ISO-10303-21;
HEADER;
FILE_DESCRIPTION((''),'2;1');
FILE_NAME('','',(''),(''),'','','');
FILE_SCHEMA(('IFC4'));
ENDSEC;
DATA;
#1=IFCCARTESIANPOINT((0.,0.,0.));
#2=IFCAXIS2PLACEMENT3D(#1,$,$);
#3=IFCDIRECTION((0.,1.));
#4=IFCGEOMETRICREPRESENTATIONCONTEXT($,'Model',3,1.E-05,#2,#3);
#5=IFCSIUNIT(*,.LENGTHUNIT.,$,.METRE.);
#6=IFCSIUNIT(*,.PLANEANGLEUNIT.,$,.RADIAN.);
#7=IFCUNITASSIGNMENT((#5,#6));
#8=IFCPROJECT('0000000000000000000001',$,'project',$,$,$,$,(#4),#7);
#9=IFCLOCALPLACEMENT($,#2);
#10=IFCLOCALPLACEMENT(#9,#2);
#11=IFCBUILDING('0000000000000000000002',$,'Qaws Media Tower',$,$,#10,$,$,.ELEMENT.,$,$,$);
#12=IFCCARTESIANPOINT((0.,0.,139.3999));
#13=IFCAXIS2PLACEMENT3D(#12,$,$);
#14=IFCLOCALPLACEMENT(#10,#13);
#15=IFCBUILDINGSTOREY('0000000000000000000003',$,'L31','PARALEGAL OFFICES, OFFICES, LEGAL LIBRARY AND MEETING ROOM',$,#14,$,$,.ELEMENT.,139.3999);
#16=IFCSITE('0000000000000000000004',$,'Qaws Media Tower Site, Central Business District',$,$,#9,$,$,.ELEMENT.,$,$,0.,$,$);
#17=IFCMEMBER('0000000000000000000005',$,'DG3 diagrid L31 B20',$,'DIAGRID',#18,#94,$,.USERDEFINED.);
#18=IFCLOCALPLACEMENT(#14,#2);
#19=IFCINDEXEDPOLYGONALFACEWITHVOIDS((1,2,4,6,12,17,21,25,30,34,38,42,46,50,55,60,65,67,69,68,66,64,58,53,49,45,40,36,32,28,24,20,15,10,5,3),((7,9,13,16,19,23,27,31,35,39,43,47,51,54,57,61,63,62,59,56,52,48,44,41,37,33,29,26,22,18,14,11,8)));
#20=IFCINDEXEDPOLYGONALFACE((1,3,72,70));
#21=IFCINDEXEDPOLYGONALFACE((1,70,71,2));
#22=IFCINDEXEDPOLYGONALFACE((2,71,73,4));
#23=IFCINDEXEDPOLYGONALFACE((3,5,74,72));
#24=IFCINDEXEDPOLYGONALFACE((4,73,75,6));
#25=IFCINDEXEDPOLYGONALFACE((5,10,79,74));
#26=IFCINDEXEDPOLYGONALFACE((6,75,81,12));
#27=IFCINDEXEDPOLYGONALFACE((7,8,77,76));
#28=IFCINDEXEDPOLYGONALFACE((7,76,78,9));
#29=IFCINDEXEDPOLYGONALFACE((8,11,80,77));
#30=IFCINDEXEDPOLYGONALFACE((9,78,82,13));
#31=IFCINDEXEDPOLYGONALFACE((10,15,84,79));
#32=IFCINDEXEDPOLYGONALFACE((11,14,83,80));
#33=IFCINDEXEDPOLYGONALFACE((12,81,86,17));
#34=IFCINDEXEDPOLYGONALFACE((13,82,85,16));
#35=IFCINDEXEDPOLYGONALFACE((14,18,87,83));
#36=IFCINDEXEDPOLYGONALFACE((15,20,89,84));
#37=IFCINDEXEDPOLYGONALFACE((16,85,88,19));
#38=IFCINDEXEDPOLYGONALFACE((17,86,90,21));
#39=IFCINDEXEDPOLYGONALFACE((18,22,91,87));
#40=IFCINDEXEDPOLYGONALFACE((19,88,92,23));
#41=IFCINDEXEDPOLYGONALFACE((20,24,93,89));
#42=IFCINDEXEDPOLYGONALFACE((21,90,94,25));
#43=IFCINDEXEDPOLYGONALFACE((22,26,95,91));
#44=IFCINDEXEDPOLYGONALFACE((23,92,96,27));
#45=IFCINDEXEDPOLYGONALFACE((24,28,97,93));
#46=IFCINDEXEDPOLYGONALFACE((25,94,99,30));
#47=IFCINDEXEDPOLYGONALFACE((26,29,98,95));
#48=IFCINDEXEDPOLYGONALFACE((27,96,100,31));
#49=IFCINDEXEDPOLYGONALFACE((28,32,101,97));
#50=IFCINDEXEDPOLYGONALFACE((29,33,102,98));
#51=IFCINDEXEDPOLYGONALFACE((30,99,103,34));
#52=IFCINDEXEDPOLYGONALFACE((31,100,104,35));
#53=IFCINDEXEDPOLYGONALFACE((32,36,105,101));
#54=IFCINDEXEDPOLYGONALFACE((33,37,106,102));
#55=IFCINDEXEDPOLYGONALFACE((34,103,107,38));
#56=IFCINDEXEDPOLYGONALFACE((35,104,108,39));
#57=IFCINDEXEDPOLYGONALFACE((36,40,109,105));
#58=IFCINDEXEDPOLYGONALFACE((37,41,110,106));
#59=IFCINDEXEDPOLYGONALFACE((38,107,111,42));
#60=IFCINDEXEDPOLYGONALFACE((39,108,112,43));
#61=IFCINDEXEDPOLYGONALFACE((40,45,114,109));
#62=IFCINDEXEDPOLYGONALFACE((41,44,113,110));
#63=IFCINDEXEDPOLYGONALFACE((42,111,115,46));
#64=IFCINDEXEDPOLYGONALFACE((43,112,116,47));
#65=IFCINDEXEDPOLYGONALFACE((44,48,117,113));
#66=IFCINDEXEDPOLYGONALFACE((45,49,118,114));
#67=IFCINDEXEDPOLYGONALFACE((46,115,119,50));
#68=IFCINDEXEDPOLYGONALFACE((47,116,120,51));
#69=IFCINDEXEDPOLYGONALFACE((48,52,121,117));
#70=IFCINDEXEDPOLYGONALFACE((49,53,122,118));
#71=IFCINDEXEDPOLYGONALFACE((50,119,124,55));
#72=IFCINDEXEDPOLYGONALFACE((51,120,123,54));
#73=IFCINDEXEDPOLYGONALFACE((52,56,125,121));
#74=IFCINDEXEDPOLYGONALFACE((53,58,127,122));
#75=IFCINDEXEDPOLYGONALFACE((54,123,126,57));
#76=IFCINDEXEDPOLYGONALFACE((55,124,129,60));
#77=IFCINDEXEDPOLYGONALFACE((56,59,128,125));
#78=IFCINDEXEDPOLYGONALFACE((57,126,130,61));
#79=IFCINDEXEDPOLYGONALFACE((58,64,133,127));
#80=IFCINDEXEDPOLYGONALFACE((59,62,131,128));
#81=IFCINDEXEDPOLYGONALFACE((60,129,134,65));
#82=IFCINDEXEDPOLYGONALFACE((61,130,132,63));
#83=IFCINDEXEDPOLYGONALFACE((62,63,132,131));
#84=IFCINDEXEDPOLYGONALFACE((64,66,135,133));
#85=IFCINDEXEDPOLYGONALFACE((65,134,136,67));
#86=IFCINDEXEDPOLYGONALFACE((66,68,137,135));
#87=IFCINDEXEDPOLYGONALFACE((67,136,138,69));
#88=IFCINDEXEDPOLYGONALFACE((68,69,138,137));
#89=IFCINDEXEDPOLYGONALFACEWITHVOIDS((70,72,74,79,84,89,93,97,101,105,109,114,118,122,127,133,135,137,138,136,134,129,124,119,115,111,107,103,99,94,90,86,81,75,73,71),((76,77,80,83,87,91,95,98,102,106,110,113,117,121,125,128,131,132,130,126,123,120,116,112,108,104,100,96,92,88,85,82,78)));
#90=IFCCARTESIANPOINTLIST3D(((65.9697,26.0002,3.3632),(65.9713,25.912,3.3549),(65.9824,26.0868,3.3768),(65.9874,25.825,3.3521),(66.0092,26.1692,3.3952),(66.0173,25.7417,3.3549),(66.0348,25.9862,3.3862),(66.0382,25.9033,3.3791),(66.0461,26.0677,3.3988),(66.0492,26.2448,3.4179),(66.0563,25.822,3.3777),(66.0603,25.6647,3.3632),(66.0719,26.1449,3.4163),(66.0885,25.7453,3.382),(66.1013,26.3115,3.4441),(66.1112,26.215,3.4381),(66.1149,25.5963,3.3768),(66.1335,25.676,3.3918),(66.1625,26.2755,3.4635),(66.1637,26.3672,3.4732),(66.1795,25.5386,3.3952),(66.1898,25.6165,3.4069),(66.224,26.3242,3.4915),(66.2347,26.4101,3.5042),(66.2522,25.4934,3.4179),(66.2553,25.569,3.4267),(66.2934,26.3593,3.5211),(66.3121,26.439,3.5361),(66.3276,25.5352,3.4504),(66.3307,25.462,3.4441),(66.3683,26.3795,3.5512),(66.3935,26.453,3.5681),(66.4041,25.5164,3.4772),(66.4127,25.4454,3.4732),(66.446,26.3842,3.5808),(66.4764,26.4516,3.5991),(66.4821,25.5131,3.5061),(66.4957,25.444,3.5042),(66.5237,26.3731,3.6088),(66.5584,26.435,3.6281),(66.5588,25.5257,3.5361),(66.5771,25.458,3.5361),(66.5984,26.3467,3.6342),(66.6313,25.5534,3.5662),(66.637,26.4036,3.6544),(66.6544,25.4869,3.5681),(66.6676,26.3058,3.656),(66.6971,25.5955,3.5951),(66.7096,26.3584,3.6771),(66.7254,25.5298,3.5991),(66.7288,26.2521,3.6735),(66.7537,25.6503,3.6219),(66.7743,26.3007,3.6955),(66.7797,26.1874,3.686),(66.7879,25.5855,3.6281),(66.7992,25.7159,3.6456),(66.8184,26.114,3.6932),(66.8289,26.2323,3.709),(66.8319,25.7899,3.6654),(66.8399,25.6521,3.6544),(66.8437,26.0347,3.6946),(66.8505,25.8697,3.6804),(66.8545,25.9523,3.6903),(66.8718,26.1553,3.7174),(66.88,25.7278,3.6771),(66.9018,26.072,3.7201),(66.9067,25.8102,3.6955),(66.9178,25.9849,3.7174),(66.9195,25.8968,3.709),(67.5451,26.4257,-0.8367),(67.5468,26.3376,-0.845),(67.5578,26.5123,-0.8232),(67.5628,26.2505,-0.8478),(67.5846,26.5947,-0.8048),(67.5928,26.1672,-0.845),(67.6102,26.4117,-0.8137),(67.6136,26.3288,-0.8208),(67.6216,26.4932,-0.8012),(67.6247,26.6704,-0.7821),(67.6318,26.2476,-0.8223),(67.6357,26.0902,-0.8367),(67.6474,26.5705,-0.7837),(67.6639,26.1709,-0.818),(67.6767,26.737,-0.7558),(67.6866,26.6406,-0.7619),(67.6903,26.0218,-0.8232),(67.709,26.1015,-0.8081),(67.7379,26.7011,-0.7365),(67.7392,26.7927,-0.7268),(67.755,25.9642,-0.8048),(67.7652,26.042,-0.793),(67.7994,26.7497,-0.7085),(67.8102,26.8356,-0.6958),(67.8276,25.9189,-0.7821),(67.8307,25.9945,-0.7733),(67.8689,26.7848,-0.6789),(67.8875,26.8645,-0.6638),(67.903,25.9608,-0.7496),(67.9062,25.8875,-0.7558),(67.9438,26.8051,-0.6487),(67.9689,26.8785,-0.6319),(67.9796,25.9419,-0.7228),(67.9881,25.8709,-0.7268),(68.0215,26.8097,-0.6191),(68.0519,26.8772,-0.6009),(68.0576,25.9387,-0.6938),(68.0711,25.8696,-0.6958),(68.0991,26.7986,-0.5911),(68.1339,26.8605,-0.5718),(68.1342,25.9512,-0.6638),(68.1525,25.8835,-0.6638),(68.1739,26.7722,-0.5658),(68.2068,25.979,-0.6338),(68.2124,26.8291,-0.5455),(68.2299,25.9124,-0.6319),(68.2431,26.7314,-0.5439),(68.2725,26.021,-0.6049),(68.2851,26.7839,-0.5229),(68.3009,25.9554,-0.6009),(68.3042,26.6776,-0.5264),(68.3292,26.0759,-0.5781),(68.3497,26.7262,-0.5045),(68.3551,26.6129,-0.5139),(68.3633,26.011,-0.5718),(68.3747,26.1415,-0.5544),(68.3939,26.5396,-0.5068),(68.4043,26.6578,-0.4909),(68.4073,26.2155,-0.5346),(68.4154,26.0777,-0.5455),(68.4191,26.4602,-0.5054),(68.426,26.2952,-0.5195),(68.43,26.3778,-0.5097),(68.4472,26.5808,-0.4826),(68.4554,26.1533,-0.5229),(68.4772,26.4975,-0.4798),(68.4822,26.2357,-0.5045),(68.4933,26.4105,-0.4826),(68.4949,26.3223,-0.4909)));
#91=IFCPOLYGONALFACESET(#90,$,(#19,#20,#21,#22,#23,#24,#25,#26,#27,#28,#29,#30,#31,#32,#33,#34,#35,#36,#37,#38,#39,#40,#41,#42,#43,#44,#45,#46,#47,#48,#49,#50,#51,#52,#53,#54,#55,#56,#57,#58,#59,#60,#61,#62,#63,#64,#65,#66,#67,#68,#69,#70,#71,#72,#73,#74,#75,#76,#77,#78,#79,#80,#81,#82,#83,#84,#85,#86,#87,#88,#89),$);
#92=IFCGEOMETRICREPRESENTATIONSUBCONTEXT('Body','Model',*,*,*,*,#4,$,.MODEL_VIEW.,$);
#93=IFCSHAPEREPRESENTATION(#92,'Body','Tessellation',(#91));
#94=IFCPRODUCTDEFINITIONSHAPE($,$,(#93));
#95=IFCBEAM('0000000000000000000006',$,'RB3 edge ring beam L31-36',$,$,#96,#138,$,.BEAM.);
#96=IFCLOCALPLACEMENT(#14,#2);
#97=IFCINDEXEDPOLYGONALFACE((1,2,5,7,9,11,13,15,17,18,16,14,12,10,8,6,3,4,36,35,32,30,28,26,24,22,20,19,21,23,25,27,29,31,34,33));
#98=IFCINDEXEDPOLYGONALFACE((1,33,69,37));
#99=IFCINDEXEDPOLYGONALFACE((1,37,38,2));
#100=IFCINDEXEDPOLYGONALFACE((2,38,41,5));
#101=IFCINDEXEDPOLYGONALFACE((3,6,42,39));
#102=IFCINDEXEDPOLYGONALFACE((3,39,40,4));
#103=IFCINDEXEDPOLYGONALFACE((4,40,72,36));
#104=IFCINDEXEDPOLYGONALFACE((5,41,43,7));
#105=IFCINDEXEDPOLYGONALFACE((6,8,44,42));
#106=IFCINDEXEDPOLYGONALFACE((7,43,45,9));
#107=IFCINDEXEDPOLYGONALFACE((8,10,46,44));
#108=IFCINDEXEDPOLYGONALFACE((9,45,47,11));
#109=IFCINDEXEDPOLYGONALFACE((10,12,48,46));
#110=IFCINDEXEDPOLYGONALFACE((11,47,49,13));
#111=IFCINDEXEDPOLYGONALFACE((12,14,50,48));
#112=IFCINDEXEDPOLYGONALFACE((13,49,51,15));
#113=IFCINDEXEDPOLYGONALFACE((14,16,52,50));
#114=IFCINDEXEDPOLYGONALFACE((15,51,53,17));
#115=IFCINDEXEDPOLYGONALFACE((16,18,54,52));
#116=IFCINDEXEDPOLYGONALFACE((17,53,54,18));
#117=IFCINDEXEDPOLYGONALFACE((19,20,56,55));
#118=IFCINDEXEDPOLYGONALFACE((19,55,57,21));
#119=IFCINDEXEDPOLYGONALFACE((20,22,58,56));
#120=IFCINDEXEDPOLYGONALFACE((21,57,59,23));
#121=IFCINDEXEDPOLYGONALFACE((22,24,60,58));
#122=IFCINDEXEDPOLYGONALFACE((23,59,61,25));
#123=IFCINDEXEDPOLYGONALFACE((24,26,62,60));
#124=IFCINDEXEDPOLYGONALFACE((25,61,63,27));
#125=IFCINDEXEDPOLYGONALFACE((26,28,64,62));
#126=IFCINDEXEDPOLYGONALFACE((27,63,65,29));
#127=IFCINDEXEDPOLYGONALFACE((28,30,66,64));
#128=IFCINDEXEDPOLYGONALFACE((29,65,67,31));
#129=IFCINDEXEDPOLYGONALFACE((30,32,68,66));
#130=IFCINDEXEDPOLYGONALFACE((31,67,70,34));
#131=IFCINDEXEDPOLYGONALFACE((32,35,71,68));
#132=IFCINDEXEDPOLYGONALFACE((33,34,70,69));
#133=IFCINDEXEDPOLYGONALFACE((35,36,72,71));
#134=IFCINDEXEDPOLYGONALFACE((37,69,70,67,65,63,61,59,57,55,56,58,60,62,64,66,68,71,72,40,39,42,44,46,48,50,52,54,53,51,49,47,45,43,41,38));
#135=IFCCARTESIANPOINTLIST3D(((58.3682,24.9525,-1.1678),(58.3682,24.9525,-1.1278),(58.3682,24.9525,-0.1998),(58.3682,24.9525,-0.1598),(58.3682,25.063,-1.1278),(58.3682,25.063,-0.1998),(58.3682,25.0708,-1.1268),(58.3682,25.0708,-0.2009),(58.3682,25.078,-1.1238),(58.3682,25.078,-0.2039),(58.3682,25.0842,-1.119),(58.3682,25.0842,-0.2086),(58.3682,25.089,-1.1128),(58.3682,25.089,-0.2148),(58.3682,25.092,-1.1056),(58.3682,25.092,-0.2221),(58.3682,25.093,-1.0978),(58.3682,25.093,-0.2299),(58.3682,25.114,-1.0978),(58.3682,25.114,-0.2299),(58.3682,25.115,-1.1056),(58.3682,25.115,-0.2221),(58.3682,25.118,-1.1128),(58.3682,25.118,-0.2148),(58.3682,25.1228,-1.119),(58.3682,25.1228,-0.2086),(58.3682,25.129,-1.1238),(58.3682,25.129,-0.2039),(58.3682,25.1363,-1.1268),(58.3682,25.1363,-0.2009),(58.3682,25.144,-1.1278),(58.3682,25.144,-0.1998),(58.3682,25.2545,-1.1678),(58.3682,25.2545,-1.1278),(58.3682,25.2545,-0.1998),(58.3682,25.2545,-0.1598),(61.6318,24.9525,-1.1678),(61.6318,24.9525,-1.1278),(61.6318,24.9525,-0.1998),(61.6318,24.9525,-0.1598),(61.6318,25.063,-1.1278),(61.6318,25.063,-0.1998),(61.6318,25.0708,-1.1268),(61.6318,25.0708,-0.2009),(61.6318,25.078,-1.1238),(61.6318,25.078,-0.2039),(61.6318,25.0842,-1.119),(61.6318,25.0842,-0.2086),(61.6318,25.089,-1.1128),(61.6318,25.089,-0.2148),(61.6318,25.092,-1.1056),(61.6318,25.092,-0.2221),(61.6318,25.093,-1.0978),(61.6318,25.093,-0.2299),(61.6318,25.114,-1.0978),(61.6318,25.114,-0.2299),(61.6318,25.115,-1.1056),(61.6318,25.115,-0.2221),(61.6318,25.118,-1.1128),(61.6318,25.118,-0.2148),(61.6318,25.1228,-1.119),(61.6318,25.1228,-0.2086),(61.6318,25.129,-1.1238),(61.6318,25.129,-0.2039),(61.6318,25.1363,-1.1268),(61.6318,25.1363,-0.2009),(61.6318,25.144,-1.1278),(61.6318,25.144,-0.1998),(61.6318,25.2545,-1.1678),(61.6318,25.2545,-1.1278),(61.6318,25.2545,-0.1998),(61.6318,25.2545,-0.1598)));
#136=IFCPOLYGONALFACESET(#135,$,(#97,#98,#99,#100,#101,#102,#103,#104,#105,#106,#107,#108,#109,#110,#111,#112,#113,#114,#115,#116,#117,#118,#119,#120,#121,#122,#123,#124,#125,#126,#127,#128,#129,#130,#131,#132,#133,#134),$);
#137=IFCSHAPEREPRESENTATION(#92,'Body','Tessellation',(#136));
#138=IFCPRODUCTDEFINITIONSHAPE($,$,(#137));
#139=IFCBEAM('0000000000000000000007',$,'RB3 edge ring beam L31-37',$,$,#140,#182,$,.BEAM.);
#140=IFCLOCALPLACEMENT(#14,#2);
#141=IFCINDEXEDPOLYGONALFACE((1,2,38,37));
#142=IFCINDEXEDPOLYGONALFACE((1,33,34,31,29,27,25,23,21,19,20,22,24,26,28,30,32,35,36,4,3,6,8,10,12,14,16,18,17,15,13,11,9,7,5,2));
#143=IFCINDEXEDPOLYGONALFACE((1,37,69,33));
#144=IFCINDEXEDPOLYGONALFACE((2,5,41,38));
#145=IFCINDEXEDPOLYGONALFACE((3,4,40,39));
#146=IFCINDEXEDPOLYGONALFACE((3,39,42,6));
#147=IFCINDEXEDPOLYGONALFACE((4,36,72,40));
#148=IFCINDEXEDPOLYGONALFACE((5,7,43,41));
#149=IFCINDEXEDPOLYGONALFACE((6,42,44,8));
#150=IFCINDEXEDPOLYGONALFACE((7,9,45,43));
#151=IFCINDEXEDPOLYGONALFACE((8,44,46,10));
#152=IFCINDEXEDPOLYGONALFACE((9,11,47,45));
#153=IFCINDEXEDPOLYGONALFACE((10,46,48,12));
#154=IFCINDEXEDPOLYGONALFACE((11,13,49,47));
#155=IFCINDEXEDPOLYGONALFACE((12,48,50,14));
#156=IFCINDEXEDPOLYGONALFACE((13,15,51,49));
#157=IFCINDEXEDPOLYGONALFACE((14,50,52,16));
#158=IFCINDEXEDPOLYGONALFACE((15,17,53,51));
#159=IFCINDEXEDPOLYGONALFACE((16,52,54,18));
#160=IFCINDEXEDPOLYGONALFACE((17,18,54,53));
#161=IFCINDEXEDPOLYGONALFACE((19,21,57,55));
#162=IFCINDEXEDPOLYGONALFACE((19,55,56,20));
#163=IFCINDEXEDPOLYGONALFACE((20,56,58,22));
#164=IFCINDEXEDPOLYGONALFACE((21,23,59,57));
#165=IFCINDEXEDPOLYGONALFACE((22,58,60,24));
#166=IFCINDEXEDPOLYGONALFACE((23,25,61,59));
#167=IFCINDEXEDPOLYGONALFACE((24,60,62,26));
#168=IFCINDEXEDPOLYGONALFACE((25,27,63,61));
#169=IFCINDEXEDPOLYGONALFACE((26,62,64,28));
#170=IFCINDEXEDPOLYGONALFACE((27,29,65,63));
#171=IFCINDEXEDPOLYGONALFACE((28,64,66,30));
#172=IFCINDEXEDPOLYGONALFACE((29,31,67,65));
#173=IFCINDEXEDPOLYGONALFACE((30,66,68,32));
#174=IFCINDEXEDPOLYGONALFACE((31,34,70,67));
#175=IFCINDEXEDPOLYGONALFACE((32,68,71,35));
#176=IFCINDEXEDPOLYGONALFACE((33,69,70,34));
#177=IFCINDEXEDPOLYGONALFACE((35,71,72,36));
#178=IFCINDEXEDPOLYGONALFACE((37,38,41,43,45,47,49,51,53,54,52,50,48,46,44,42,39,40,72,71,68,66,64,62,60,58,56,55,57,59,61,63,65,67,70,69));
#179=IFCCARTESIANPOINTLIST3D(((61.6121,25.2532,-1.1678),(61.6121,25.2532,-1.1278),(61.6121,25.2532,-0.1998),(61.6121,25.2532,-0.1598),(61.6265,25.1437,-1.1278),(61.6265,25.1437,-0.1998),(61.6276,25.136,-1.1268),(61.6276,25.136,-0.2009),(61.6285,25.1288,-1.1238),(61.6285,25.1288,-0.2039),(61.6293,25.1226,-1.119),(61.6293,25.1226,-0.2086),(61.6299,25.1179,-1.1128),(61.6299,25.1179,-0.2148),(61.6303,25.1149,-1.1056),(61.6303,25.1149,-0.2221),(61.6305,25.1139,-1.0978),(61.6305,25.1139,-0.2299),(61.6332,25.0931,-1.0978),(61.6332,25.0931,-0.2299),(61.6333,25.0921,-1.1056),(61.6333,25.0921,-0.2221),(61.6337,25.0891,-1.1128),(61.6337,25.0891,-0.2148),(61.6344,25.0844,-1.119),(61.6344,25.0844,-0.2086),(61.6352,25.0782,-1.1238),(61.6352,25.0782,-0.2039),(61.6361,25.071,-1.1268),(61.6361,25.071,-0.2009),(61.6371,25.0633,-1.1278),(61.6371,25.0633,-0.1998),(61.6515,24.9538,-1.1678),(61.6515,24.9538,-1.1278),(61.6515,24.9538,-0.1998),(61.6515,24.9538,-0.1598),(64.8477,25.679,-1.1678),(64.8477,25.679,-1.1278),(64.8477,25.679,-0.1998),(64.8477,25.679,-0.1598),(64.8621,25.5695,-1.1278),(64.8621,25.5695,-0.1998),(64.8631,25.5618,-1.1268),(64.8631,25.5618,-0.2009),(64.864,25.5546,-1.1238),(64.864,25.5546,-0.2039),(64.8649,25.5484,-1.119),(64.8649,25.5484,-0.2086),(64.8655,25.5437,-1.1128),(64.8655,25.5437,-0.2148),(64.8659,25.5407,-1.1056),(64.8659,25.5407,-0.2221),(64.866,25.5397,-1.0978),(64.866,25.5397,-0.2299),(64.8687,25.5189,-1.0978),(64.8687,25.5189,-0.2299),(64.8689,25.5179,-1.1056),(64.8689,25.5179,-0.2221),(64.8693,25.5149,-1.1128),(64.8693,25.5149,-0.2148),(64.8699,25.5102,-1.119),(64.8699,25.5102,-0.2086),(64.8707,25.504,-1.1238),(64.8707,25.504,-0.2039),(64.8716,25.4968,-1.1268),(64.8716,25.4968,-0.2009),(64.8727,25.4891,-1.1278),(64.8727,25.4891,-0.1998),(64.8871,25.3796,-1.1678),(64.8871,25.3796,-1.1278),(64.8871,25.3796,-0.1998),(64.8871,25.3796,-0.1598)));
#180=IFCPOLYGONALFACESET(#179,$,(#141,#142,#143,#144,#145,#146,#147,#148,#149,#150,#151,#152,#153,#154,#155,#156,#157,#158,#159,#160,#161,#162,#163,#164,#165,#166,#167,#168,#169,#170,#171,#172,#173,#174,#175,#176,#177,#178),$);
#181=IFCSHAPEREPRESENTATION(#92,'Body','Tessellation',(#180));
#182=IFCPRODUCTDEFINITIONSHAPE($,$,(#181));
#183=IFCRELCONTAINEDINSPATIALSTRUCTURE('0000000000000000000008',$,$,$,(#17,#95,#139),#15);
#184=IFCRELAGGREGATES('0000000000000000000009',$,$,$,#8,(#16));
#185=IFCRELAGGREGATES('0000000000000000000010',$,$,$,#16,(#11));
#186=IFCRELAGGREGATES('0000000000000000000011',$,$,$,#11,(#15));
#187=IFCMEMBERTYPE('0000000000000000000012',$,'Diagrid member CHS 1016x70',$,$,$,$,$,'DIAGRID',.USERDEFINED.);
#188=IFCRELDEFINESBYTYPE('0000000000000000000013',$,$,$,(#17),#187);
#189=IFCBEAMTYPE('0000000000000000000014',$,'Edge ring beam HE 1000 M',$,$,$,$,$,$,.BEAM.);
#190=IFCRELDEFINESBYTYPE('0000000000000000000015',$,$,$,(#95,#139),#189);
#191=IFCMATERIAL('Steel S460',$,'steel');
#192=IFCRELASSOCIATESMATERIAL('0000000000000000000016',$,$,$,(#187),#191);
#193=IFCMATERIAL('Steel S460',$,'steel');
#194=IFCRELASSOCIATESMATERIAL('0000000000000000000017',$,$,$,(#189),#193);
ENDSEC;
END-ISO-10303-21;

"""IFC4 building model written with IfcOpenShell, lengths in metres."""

from ifc_helpers import new_model, si_unit, direction, frame, origin, origin_2d, place, context, subcontext, project, spatial, hollow_circle, i_section, extrude, material, material_profile, profile_set, type_object, element, save


model = new_model("IFC4")

# Units and contexts
model_context = context("Model", 3, precision=1e-05, world=origin(), true_north=direction((0.0, 1.0)))
body_context = subcontext(model_context, "Body", "Model", "MODEL_VIEW")
ifc_project = project(units=[si_unit("LENGTHUNIT", "METRE"), si_unit("PLANEANGLEUNIT", "RADIAN")], contexts=[model_context])

# Site, building, storey
site_placement = place(None, origin())
site = spatial("IfcSite", under=ifc_project, at=site_placement, Name="Qaws Media Tower Site, Central Business District", CompositionType="ELEMENT", RefElevation=0.0)
building_placement = place(site_placement, origin())
building = spatial("IfcBuilding", under=site, at=building_placement, Name="Qaws Media Tower", CompositionType="ELEMENT")
storey_placement = place(building_placement, frame((0.0, 0.0, 139.3999)))
storey = spatial("IfcBuildingStorey", under=building, at=storey_placement, Name="L31", Description="PARALEGAL OFFICES, OFFICES, LEGAL LIBRARY AND MEETING ROOM", CompositionType="ELEMENT", Elevation=139.3999)

# Member
ifc_material_1 = material(Name="Steel S460", Category="steel")
ifc_material_profile_1 = material_profile(ifc_material_1, hollow_circle(Radius=0.5081, WallThickness=0.0701, at=origin_2d()), Name="CHS 1016x70")
ifc_profile_set_1 = profile_set([ifc_material_profile_1], Name="Steel S460")
member_type_1 = type_object("IfcMemberType", Name="Diagrid member CHS 1016x70", ElementType="DIAGRID", PredefinedType="USERDEFINED", material=ifc_profile_set_1)
for number, where, z_axis, x_axis, name in (
    (1, (68.02, 26.374, -0.6638), (-0.349643, -0.094441, 0.932111), (0.260762, -0.965403, 0.0), "DG3 diagrid L31 B20"),
):
    element("IfcMember", number, at=place(storey_placement, frame(where, z_axis=z_axis, x_axis=x_axis)), inside=storey, type_object=member_type_1, Name=name, ObjectType="DIAGRID", PredefinedType="USERDEFINED", context=body_context, shape_type="SweptSolid", body=[
        extrude(hollow_circle(Radius=0.5081, WallThickness=0.0701, at=origin_2d()), origin(), (0.0, 0.0, 1.0), 4.5059),
    ])

# Beams
ifc_material_2 = material(Name="Steel S460", Category="steel")
ifc_material_profile_2 = material_profile(ifc_material_2, i_section(OverallWidth=0.302, OverallDepth=1.0081, WebThickness=0.021, FlangeThickness=0.04, FilletRadius=0.03, at=origin_2d()), Name="HE 1000 M")
ifc_profile_set_2 = profile_set([ifc_material_profile_2], Name="Steel S460")
beam_type = type_object("IfcBeamType", Name="Edge ring beam HE 1000 M", PredefinedType="BEAM", material=ifc_profile_set_2)
beam_1_placement = place(storey_placement, frame((58.3682, 25.1035, -0.6638), z_axis=(1.0, 0.0, 0.0), x_axis=(0.0, 1.0, 0.0)))
element("IfcBeam", 2, at=beam_1_placement, inside=storey, type_object=beam_type, Name="RB3 edge ring beam L31-36", PredefinedType="BEAM", context=body_context, shape_type="SweptSolid", body=[
    extrude(i_section(OverallWidth=0.302, OverallDepth=1.0081, WebThickness=0.021, FlangeThickness=0.04, FilletRadius=0.03, at=origin_2d()), origin(), (0.0, 0.0, 1.0), 3.2637),
])
beam_2_placement = place(storey_placement, frame((61.6318, 25.1035, -0.6638), z_axis=(0.991453, 0.130468, 0.0), x_axis=(-0.130468, 0.991453, 0.0)))
element("IfcBeam", 3, at=beam_2_placement, inside=storey, type_object=beam_type, Name="RB3 edge ring beam L31-37", PredefinedType="BEAM", context=body_context, shape_type="SweptSolid", body=[
    extrude(i_section(OverallWidth=0.302, OverallDepth=1.0081, WebThickness=0.021, FlangeThickness=0.04, FilletRadius=0.03, at=origin_2d()), origin(), (0.0, 0.0, 1.0), 3.2634),
])

save(model, "model.ifc")
